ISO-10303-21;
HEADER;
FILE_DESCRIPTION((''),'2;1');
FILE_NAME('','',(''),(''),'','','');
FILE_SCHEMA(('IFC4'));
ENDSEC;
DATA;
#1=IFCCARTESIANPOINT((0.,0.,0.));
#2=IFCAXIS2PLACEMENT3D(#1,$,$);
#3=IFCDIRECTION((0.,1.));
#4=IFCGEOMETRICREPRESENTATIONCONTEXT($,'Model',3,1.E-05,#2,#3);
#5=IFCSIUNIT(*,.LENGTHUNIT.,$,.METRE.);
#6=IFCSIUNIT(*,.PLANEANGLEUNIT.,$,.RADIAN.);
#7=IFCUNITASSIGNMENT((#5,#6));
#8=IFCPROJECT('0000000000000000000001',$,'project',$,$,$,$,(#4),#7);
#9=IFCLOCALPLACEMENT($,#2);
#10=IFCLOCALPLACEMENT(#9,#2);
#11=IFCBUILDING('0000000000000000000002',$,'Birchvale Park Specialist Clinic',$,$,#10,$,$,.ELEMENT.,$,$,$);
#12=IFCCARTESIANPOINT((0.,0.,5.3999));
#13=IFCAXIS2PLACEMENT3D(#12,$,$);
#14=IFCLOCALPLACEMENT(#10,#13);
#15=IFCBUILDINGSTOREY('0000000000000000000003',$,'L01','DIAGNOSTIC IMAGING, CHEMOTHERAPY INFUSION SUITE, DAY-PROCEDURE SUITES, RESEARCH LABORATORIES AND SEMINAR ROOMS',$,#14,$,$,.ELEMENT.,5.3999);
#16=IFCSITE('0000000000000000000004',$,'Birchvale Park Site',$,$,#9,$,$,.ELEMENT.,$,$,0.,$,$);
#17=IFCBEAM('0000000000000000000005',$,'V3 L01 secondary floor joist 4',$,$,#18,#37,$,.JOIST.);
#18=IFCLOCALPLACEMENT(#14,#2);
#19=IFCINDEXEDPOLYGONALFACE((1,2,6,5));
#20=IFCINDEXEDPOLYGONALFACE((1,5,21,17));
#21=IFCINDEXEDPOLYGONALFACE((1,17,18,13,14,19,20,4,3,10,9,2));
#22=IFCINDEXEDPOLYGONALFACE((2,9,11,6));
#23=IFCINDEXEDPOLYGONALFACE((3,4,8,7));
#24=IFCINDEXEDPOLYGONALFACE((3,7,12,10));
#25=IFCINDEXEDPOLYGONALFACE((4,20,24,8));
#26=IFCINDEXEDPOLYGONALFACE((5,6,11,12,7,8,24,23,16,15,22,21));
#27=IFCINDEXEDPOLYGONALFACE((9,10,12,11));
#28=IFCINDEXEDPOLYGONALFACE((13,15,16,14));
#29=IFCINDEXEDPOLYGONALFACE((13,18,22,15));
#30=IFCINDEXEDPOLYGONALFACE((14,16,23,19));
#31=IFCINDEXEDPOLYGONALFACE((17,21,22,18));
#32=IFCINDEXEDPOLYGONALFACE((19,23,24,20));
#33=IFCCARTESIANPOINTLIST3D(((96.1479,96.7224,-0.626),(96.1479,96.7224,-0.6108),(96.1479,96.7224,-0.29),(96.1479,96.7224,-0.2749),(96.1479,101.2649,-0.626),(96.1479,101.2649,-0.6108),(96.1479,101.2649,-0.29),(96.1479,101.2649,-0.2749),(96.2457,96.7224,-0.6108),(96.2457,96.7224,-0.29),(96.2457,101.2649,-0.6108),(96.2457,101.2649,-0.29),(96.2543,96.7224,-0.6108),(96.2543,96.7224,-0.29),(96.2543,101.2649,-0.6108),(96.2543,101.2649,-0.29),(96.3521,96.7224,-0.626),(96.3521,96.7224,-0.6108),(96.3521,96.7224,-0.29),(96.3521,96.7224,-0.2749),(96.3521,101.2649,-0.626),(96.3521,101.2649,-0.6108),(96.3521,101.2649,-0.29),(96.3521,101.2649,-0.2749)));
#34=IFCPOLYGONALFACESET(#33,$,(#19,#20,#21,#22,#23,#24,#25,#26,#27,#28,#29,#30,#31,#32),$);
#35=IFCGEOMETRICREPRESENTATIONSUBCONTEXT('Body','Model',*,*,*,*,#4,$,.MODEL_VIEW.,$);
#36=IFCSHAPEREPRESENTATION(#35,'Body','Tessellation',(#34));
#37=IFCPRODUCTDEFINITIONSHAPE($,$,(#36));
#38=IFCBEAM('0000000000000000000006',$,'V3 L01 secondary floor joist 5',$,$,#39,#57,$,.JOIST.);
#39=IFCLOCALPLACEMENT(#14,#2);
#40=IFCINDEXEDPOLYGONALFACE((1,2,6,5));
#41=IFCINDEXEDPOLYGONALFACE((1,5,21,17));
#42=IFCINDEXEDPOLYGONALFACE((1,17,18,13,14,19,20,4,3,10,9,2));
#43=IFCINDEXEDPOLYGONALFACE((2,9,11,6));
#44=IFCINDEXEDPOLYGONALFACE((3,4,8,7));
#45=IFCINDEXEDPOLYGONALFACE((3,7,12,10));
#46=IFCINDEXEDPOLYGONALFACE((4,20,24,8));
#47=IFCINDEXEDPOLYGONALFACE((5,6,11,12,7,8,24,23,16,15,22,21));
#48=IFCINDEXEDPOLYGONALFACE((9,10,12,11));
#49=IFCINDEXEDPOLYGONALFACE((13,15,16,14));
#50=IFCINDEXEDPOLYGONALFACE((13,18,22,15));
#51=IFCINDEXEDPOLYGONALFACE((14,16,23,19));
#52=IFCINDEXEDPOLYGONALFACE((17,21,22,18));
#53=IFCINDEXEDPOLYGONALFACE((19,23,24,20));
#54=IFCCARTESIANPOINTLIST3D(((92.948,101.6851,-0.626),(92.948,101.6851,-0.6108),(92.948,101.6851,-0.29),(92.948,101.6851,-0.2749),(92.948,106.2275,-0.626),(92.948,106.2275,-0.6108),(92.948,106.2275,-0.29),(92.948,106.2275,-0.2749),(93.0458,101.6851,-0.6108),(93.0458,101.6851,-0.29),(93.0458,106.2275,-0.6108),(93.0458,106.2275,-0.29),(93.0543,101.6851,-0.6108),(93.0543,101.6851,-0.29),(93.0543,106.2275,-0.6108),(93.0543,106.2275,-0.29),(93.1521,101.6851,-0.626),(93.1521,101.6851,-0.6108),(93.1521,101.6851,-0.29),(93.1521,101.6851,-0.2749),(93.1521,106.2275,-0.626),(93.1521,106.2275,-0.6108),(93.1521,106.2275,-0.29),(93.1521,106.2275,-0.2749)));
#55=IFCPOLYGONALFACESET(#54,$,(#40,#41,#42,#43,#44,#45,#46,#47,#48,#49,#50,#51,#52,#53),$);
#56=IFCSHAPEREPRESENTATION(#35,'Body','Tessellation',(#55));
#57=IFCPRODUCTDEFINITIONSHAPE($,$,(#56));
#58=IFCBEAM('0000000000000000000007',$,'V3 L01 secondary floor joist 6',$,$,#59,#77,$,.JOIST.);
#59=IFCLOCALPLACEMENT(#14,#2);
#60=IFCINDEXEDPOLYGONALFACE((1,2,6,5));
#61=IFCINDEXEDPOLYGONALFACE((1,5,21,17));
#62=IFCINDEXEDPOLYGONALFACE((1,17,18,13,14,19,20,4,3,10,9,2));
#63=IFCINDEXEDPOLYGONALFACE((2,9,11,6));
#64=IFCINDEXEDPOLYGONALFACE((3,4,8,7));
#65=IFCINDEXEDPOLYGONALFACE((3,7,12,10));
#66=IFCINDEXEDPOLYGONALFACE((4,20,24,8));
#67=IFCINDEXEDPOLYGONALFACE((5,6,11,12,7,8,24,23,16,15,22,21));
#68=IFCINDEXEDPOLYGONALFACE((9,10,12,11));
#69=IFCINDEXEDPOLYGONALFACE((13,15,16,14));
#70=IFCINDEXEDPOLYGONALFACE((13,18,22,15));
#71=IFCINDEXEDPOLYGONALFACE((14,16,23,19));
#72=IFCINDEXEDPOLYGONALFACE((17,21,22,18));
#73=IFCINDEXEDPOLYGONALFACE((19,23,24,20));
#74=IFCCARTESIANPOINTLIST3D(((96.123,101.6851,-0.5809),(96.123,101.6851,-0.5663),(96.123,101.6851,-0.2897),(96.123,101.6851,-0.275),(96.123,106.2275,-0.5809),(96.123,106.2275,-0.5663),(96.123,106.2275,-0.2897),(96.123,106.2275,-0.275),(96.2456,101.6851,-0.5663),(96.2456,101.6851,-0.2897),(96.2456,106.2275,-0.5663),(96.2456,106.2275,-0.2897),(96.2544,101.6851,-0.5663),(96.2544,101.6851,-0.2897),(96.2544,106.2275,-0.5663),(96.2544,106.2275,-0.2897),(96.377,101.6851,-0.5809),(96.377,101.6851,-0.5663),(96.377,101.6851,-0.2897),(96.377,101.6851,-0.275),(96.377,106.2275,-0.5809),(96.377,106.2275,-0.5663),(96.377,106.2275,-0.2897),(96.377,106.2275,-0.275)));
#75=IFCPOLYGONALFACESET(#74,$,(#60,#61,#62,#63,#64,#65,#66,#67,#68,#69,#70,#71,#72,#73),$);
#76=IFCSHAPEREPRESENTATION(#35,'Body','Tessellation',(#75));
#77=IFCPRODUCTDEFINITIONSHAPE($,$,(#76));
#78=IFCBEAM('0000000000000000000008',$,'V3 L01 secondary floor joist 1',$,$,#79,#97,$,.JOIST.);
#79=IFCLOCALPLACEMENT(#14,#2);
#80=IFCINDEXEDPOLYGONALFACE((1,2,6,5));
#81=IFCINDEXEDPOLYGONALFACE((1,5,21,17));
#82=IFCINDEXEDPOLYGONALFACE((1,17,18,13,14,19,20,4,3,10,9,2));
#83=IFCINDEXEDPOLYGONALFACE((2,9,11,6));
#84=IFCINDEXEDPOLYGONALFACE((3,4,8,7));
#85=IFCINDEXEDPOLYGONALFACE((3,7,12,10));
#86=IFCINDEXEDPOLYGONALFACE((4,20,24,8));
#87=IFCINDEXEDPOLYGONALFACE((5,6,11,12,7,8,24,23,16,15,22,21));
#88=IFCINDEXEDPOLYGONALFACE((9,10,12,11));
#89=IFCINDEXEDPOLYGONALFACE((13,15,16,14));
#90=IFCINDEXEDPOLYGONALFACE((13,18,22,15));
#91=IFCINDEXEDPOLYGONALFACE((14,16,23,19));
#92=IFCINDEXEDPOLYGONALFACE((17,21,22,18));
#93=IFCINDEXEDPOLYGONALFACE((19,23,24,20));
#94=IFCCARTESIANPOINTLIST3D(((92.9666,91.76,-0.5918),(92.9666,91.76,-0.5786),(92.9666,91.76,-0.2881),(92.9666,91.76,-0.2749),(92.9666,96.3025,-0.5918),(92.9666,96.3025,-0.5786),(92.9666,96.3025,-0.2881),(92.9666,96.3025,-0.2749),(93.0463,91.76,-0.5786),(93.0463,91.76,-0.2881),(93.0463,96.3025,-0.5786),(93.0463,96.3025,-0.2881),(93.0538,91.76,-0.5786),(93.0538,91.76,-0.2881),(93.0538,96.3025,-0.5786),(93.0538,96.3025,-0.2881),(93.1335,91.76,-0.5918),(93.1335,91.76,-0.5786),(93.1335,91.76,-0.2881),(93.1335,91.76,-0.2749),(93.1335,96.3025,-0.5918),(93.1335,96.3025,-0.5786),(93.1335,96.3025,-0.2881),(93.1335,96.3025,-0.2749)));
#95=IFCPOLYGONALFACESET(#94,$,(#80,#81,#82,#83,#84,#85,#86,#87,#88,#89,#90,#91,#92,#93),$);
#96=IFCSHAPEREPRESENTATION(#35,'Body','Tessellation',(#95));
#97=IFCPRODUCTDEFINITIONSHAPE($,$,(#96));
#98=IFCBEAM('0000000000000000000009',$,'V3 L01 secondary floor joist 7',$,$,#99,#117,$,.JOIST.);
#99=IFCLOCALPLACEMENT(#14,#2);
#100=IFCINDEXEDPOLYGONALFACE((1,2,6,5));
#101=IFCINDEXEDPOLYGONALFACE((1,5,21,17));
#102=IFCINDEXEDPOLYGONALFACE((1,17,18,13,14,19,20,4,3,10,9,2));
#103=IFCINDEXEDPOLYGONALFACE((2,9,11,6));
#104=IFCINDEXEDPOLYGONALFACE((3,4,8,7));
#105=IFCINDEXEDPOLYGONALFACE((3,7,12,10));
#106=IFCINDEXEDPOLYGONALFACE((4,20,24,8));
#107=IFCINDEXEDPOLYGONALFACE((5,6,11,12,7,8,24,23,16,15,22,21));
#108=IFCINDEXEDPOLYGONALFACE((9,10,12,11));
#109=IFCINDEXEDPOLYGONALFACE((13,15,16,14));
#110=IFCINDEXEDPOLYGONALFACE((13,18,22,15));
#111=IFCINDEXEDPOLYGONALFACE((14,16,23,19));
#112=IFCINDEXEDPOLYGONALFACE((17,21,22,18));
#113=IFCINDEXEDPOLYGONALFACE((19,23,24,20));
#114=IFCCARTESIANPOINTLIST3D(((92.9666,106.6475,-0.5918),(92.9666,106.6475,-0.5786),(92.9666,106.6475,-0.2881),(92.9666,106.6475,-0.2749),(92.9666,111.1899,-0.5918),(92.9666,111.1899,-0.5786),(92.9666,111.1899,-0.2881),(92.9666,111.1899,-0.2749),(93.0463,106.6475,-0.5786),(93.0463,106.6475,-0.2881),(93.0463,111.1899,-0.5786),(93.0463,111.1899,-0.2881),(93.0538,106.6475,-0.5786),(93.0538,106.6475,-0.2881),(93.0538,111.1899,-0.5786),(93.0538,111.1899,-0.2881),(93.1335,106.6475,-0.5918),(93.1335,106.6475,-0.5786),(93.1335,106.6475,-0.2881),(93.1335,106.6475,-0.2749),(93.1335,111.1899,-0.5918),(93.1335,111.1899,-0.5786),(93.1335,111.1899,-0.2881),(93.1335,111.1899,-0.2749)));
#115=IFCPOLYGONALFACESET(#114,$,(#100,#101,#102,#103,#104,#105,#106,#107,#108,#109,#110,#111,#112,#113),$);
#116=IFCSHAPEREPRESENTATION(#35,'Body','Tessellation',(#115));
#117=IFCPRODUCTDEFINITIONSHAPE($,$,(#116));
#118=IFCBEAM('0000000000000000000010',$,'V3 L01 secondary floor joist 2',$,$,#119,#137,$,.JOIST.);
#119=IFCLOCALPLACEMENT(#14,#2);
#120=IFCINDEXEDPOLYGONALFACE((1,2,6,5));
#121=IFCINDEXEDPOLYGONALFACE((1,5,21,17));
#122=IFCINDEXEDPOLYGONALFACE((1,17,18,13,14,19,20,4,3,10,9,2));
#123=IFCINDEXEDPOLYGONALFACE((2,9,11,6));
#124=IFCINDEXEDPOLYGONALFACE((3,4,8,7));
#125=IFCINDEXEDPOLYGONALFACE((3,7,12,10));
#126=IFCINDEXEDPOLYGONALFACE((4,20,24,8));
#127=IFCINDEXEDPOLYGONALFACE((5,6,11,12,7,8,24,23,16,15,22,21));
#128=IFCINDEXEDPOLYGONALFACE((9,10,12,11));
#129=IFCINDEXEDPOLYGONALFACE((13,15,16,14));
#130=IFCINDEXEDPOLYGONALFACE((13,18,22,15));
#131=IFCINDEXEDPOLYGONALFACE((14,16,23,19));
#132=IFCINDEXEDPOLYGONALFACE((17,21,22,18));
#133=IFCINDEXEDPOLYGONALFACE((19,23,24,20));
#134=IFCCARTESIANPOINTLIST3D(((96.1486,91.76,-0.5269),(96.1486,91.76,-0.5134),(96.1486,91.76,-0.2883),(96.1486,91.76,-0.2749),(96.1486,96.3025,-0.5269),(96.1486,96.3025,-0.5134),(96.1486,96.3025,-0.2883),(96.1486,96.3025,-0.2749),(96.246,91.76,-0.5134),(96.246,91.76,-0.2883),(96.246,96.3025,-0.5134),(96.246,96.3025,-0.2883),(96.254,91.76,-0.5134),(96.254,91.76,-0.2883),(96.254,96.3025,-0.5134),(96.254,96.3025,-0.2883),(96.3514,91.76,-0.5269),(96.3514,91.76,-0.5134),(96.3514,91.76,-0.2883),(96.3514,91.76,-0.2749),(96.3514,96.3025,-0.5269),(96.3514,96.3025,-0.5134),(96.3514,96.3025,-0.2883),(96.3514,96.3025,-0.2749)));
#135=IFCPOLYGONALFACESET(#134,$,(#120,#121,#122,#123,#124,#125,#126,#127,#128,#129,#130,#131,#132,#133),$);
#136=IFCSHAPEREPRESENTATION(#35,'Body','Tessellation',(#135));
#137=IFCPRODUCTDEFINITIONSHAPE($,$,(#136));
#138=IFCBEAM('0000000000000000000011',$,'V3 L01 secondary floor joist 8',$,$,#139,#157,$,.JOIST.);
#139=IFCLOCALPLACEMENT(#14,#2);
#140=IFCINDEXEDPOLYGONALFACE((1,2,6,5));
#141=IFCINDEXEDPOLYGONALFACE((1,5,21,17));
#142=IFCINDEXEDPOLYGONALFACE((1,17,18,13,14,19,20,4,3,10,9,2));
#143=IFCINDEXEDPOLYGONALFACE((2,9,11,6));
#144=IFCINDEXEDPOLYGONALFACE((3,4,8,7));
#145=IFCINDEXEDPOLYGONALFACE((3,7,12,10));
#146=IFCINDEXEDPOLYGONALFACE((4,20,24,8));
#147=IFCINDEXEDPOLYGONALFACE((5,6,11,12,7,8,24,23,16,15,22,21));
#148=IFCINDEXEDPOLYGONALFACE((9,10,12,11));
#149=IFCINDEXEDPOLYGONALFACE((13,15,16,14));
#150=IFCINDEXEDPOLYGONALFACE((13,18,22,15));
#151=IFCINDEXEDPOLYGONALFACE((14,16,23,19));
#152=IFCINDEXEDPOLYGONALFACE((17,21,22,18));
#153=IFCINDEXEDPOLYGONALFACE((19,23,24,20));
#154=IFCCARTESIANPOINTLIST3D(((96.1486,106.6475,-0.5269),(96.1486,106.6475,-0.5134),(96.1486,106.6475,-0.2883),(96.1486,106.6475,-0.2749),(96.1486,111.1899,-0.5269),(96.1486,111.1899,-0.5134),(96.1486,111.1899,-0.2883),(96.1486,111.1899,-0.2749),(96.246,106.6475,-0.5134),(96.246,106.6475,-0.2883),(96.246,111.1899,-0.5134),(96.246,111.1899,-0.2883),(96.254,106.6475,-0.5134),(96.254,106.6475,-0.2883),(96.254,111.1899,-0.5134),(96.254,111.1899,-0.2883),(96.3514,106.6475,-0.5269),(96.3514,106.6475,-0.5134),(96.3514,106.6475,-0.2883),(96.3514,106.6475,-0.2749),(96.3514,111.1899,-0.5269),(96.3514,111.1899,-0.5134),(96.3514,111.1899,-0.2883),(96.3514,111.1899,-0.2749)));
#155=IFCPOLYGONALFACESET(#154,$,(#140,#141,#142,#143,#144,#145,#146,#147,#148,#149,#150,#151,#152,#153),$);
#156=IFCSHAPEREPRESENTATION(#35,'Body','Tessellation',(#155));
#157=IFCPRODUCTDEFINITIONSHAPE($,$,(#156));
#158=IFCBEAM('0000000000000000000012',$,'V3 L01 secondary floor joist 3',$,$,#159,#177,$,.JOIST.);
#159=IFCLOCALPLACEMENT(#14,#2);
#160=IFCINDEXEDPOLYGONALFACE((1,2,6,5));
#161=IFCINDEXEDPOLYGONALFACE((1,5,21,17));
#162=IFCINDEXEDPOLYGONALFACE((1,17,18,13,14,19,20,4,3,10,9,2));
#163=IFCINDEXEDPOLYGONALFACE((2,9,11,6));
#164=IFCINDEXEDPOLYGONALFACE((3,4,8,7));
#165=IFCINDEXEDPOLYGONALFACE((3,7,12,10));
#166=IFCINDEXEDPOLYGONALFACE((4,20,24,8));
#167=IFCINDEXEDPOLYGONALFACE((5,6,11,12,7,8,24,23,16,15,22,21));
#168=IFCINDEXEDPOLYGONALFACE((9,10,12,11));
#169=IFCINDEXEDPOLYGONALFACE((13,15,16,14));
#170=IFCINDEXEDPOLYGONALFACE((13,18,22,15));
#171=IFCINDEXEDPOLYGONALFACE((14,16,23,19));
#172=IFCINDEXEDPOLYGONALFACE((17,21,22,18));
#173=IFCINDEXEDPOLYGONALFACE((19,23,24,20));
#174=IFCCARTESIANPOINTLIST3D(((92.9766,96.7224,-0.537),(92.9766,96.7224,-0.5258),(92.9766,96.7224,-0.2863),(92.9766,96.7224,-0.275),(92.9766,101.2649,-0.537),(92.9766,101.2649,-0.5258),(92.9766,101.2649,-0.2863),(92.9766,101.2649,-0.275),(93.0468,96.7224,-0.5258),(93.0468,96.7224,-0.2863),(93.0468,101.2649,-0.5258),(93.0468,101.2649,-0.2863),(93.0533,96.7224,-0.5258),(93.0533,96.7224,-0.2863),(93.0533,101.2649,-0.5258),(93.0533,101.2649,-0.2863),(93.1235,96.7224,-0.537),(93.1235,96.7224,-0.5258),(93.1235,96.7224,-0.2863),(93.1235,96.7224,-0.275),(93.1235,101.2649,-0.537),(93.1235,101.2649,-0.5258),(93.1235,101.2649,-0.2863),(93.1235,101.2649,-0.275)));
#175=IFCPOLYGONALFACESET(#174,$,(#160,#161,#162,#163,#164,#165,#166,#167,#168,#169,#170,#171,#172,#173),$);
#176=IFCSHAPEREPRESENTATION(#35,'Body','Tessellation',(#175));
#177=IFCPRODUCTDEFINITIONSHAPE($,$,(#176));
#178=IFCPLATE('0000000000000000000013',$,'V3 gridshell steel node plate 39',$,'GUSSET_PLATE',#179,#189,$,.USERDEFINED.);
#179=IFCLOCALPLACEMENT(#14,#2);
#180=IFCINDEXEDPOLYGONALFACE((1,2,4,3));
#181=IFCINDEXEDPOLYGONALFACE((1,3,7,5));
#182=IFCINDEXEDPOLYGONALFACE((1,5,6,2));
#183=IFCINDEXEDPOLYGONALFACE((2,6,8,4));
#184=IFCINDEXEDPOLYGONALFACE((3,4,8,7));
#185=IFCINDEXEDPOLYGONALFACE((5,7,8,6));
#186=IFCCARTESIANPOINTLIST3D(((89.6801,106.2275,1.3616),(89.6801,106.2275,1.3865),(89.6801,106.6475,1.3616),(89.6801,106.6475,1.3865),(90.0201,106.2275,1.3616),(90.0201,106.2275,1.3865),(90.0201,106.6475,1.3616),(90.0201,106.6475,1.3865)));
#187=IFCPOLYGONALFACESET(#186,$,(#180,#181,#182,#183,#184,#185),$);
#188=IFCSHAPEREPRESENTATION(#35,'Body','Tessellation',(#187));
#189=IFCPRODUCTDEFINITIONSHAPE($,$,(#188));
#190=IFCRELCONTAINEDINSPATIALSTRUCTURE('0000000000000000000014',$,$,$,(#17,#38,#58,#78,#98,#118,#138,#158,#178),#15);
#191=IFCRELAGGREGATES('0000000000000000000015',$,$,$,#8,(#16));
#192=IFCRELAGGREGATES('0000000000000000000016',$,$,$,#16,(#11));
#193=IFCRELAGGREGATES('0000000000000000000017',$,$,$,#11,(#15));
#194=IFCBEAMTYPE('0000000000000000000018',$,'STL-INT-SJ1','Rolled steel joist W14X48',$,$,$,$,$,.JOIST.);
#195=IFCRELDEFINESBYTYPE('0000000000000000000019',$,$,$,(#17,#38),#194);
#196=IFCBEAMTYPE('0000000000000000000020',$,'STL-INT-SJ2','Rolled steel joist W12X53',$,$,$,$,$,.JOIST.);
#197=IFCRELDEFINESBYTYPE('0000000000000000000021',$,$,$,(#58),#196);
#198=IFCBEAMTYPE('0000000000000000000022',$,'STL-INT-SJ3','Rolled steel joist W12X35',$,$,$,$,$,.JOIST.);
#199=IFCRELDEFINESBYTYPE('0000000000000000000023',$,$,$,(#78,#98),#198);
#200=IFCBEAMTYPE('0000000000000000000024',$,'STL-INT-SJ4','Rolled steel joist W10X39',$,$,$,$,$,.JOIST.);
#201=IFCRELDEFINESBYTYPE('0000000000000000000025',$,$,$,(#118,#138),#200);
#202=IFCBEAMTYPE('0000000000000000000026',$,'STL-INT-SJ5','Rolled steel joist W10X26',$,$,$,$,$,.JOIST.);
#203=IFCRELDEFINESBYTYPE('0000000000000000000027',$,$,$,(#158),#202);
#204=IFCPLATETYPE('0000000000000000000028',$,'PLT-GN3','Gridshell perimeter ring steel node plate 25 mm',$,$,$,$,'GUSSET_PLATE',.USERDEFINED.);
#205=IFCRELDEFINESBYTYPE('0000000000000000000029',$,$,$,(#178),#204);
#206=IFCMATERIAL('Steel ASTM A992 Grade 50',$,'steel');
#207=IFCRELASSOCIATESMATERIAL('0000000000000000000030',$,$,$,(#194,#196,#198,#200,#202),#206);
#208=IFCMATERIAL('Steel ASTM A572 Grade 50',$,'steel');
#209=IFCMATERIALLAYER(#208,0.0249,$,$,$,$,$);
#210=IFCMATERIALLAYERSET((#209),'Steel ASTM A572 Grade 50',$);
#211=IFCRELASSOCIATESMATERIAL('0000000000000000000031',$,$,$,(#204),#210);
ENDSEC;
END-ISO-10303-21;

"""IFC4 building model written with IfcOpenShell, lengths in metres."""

from ifc_helpers import new_model, si_unit, direction, frame, origin, origin_2d, place, context, subcontext, project, spatial, rectangle, i_section, extrude, material, layer, layer_set, material_profile, profile_set, type_object, element, save


model = new_model("IFC4")

# Units and contexts
model_context = context("Model", 3, precision=1e-05, world=origin(), true_north=direction((0.0, 1.0)))
body_context = subcontext(model_context, "Body", "Model", "MODEL_VIEW")
ifc_project = project(units=[si_unit("LENGTHUNIT", "METRE"), si_unit("PLANEANGLEUNIT", "RADIAN")], contexts=[model_context])

# Site, building, storey
site_placement = place(None, origin())
site = spatial("IfcSite", under=ifc_project, at=site_placement, Name="Birchvale Park Site", CompositionType="ELEMENT", RefElevation=0.0)
building_placement = place(site_placement, origin())
building = spatial("IfcBuilding", under=site, at=building_placement, Name="Birchvale Park Specialist Clinic", CompositionType="ELEMENT")
storey_placement = place(building_placement, frame((0.0, 0.0, 5.3999)))
storey = spatial("IfcBuildingStorey", under=building, at=storey_placement, Name="L01", Description="DIAGNOSTIC IMAGING, CHEMOTHERAPY INFUSION SUITE, DAY-PROCEDURE SUITES, RESEARCH LABORATORIES AND SEMINAR ROOMS", CompositionType="ELEMENT", Elevation=5.3999)

# Beams
ifc_material_1 = material(Name="Steel ASTM A992 Grade 50", Category="steel")
ifc_material_profile_1 = material_profile(ifc_material_1, i_section(OverallWidth=0.2041, OverallDepth=0.3511, WebThickness=0.0085, FlangeThickness=0.0151, at=origin_2d()), Name="W14X48")
ifc_profile_set_1 = profile_set([ifc_material_profile_1], Name="Steel ASTM A992 Grade 50")
beam_type_1 = type_object("IfcBeamType", Name="STL-INT-SJ1", Description="Rolled steel joist W14X48", PredefinedType="JOIST", material=ifc_profile_set_1)
for number, where, z_axis, x_axis, name in (
    (1, (96.25, 96.7224, -0.4504), (0.0, 1.0, 0.0), (-1.0, 0.0, 0.0), "V3 L01 secondary floor joist 4"),
    (2, (93.05, 101.6851, -0.4504), (0.0, 1.0, 0.0), (-1.0, 0.0, 0.0), "V3 L01 secondary floor joist 5"),
):
    element("IfcBeam", number, at=place(storey_placement, frame(where, z_axis=z_axis, x_axis=x_axis)), inside=storey, type_object=beam_type_1, Name=name, PredefinedType="JOIST", context=body_context, shape_type="SweptSolid", body=[
        extrude(i_section(OverallWidth=0.2041, OverallDepth=0.3511, WebThickness=0.0085, FlangeThickness=0.0151, at=origin_2d()), origin(), (0.0, 0.0, 1.0), 4.5425),
    ])
ifc_material_profile_2 = material_profile(ifc_material_1, i_section(OverallWidth=0.2539, OverallDepth=0.3059, WebThickness=0.0088, FlangeThickness=0.0146, at=origin_2d()), Name="W12X53")
ifc_profile_set_2 = profile_set([ifc_material_profile_2], Name="Steel ASTM A992 Grade 50")
beam_type_2 = type_object("IfcBeamType", Name="STL-INT-SJ2", Description="Rolled steel joist W12X53", PredefinedType="JOIST", material=ifc_profile_set_2)
beam_1_placement = place(storey_placement, frame((96.25, 101.6851, -0.428), z_axis=(0.0, 1.0, 0.0), x_axis=(-1.0, 0.0, 0.0)))
element("IfcBeam", 3, at=beam_1_placement, inside=storey, type_object=beam_type_2, Name="V3 L01 secondary floor joist 6", PredefinedType="JOIST", context=body_context, shape_type="SweptSolid", body=[
    extrude(i_section(OverallWidth=0.2539, OverallDepth=0.3059, WebThickness=0.0088, FlangeThickness=0.0146, at=origin_2d()), origin(), (0.0, 0.0, 1.0), 4.5425),
])
ifc_material_profile_3 = material_profile(ifc_material_1, i_section(OverallWidth=0.167, OverallDepth=0.3169, WebThickness=0.0076, FlangeThickness=0.0132, at=origin_2d()), Name="W12X35")
ifc_profile_set_3 = profile_set([ifc_material_profile_3], Name="Steel ASTM A992 Grade 50")
beam_type_3 = type_object("IfcBeamType", Name="STL-INT-SJ3", Description="Rolled steel joist W12X35", PredefinedType="JOIST", material=ifc_profile_set_3)
for number, where, z_axis, x_axis, name in (
    (4, (93.05, 91.76, -0.4333), (0.0, 1.0, 0.0), (-1.0, 0.0, 0.0), "V3 L01 secondary floor joist 1"),
    (5, (93.05, 106.6475, -0.4333), (0.0, 1.0, 0.0), (-1.0, 0.0, 0.0), "V3 L01 secondary floor joist 7"),
):
    element("IfcBeam", number, at=place(storey_placement, frame(where, z_axis=z_axis, x_axis=x_axis)), inside=storey, type_object=beam_type_3, Name=name, PredefinedType="JOIST", context=body_context, shape_type="SweptSolid", body=[
        extrude(i_section(OverallWidth=0.167, OverallDepth=0.3169, WebThickness=0.0076, FlangeThickness=0.0132, at=origin_2d()), origin(), (0.0, 0.0, 1.0), 4.5425),
    ])
ifc_material_profile_4 = material_profile(ifc_material_1, i_section(OverallWidth=0.2029, OverallDepth=0.252, WebThickness=0.0081, FlangeThickness=0.0134, at=origin_2d()), Name="W10X39")
ifc_profile_set_4 = profile_set([ifc_material_profile_4], Name="Steel ASTM A992 Grade 50")
beam_type_4 = type_object("IfcBeamType", Name="STL-INT-SJ4", Description="Rolled steel joist W10X39", PredefinedType="JOIST", material=ifc_profile_set_4)
for number, where, z_axis, x_axis, name in (
    (6, (96.25, 91.76, -0.4009), (0.0, 1.0, 0.0), (-1.0, 0.0, 0.0), "V3 L01 secondary floor joist 2"),
    (7, (96.25, 106.6475, -0.4009), (0.0, 1.0, 0.0), (-1.0, 0.0, 0.0), "V3 L01 secondary floor joist 8"),
):
    element("IfcBeam", number, at=place(storey_placement, frame(where, z_axis=z_axis, x_axis=x_axis)), inside=storey, type_object=beam_type_4, Name=name, PredefinedType="JOIST", context=body_context, shape_type="SweptSolid", body=[
        extrude(i_section(OverallWidth=0.2029, OverallDepth=0.252, WebThickness=0.0081, FlangeThickness=0.0134, at=origin_2d()), origin(), (0.0, 0.0, 1.0), 4.5425),
    ])
ifc_material_profile_5 = material_profile(ifc_material_1, i_section(OverallWidth=0.147, OverallDepth=0.262, WebThickness=0.0066, FlangeThickness=0.0112, at=origin_2d()), Name="W10X26")
ifc_profile_set_5 = profile_set([ifc_material_profile_5], Name="Steel ASTM A992 Grade 50")
beam_type_5 = type_object("IfcBeamType", Name="STL-INT-SJ5", Description="Rolled steel joist W10X26", PredefinedType="JOIST", material=ifc_profile_set_5)
beam_2_placement = place(storey_placement, frame((93.05, 96.7224, -0.406), z_axis=(0.0, 1.0, 0.0), x_axis=(-1.0, 0.0, 0.0)))
element("IfcBeam", 8, at=beam_2_placement, inside=storey, type_object=beam_type_5, Name="V3 L01 secondary floor joist 3", PredefinedType="JOIST", context=body_context, shape_type="SweptSolid", body=[
    extrude(i_section(OverallWidth=0.147, OverallDepth=0.262, WebThickness=0.0066, FlangeThickness=0.0112, at=origin_2d()), origin(), (0.0, 0.0, 1.0), 4.5425),
])

# Plate
ifc_material_2 = material(Name="Steel ASTM A572 Grade 50", Category="steel")
ifc_layer_1 = layer(ifc_material_2, 0.0249)
ifc_layer_set_1 = layer_set([ifc_layer_1], Name="Steel ASTM A572 Grade 50")
plate_type = type_object("IfcPlateType", Name="PLT-GN3", Description="Gridshell perimeter ring steel node plate 25 mm", ElementType="GUSSET_PLATE", PredefinedType="USERDEFINED", material=ifc_layer_set_1)
for number, where, z_axis, x_axis, name in (
    (9, (89.8501, 106.4375, 1.3616), (0.0, 0.0, 1.0), (1.0, 0.0, 0.0), "V3 gridshell steel node plate 39"),
):
    element("IfcPlate", number, at=place(storey_placement, frame(where, z_axis=z_axis, x_axis=x_axis)), inside=storey, type_object=plate_type, Name=name, ObjectType="GUSSET_PLATE", PredefinedType="USERDEFINED", context=body_context, shape_type="SweptSolid", body=[
        extrude(rectangle(XDim=0.3401, YDim=0.4199, at=origin_2d()), origin(), (0.0, 0.0, 1.0), 0.0249),
    ])

save(model, "model.ifc")
